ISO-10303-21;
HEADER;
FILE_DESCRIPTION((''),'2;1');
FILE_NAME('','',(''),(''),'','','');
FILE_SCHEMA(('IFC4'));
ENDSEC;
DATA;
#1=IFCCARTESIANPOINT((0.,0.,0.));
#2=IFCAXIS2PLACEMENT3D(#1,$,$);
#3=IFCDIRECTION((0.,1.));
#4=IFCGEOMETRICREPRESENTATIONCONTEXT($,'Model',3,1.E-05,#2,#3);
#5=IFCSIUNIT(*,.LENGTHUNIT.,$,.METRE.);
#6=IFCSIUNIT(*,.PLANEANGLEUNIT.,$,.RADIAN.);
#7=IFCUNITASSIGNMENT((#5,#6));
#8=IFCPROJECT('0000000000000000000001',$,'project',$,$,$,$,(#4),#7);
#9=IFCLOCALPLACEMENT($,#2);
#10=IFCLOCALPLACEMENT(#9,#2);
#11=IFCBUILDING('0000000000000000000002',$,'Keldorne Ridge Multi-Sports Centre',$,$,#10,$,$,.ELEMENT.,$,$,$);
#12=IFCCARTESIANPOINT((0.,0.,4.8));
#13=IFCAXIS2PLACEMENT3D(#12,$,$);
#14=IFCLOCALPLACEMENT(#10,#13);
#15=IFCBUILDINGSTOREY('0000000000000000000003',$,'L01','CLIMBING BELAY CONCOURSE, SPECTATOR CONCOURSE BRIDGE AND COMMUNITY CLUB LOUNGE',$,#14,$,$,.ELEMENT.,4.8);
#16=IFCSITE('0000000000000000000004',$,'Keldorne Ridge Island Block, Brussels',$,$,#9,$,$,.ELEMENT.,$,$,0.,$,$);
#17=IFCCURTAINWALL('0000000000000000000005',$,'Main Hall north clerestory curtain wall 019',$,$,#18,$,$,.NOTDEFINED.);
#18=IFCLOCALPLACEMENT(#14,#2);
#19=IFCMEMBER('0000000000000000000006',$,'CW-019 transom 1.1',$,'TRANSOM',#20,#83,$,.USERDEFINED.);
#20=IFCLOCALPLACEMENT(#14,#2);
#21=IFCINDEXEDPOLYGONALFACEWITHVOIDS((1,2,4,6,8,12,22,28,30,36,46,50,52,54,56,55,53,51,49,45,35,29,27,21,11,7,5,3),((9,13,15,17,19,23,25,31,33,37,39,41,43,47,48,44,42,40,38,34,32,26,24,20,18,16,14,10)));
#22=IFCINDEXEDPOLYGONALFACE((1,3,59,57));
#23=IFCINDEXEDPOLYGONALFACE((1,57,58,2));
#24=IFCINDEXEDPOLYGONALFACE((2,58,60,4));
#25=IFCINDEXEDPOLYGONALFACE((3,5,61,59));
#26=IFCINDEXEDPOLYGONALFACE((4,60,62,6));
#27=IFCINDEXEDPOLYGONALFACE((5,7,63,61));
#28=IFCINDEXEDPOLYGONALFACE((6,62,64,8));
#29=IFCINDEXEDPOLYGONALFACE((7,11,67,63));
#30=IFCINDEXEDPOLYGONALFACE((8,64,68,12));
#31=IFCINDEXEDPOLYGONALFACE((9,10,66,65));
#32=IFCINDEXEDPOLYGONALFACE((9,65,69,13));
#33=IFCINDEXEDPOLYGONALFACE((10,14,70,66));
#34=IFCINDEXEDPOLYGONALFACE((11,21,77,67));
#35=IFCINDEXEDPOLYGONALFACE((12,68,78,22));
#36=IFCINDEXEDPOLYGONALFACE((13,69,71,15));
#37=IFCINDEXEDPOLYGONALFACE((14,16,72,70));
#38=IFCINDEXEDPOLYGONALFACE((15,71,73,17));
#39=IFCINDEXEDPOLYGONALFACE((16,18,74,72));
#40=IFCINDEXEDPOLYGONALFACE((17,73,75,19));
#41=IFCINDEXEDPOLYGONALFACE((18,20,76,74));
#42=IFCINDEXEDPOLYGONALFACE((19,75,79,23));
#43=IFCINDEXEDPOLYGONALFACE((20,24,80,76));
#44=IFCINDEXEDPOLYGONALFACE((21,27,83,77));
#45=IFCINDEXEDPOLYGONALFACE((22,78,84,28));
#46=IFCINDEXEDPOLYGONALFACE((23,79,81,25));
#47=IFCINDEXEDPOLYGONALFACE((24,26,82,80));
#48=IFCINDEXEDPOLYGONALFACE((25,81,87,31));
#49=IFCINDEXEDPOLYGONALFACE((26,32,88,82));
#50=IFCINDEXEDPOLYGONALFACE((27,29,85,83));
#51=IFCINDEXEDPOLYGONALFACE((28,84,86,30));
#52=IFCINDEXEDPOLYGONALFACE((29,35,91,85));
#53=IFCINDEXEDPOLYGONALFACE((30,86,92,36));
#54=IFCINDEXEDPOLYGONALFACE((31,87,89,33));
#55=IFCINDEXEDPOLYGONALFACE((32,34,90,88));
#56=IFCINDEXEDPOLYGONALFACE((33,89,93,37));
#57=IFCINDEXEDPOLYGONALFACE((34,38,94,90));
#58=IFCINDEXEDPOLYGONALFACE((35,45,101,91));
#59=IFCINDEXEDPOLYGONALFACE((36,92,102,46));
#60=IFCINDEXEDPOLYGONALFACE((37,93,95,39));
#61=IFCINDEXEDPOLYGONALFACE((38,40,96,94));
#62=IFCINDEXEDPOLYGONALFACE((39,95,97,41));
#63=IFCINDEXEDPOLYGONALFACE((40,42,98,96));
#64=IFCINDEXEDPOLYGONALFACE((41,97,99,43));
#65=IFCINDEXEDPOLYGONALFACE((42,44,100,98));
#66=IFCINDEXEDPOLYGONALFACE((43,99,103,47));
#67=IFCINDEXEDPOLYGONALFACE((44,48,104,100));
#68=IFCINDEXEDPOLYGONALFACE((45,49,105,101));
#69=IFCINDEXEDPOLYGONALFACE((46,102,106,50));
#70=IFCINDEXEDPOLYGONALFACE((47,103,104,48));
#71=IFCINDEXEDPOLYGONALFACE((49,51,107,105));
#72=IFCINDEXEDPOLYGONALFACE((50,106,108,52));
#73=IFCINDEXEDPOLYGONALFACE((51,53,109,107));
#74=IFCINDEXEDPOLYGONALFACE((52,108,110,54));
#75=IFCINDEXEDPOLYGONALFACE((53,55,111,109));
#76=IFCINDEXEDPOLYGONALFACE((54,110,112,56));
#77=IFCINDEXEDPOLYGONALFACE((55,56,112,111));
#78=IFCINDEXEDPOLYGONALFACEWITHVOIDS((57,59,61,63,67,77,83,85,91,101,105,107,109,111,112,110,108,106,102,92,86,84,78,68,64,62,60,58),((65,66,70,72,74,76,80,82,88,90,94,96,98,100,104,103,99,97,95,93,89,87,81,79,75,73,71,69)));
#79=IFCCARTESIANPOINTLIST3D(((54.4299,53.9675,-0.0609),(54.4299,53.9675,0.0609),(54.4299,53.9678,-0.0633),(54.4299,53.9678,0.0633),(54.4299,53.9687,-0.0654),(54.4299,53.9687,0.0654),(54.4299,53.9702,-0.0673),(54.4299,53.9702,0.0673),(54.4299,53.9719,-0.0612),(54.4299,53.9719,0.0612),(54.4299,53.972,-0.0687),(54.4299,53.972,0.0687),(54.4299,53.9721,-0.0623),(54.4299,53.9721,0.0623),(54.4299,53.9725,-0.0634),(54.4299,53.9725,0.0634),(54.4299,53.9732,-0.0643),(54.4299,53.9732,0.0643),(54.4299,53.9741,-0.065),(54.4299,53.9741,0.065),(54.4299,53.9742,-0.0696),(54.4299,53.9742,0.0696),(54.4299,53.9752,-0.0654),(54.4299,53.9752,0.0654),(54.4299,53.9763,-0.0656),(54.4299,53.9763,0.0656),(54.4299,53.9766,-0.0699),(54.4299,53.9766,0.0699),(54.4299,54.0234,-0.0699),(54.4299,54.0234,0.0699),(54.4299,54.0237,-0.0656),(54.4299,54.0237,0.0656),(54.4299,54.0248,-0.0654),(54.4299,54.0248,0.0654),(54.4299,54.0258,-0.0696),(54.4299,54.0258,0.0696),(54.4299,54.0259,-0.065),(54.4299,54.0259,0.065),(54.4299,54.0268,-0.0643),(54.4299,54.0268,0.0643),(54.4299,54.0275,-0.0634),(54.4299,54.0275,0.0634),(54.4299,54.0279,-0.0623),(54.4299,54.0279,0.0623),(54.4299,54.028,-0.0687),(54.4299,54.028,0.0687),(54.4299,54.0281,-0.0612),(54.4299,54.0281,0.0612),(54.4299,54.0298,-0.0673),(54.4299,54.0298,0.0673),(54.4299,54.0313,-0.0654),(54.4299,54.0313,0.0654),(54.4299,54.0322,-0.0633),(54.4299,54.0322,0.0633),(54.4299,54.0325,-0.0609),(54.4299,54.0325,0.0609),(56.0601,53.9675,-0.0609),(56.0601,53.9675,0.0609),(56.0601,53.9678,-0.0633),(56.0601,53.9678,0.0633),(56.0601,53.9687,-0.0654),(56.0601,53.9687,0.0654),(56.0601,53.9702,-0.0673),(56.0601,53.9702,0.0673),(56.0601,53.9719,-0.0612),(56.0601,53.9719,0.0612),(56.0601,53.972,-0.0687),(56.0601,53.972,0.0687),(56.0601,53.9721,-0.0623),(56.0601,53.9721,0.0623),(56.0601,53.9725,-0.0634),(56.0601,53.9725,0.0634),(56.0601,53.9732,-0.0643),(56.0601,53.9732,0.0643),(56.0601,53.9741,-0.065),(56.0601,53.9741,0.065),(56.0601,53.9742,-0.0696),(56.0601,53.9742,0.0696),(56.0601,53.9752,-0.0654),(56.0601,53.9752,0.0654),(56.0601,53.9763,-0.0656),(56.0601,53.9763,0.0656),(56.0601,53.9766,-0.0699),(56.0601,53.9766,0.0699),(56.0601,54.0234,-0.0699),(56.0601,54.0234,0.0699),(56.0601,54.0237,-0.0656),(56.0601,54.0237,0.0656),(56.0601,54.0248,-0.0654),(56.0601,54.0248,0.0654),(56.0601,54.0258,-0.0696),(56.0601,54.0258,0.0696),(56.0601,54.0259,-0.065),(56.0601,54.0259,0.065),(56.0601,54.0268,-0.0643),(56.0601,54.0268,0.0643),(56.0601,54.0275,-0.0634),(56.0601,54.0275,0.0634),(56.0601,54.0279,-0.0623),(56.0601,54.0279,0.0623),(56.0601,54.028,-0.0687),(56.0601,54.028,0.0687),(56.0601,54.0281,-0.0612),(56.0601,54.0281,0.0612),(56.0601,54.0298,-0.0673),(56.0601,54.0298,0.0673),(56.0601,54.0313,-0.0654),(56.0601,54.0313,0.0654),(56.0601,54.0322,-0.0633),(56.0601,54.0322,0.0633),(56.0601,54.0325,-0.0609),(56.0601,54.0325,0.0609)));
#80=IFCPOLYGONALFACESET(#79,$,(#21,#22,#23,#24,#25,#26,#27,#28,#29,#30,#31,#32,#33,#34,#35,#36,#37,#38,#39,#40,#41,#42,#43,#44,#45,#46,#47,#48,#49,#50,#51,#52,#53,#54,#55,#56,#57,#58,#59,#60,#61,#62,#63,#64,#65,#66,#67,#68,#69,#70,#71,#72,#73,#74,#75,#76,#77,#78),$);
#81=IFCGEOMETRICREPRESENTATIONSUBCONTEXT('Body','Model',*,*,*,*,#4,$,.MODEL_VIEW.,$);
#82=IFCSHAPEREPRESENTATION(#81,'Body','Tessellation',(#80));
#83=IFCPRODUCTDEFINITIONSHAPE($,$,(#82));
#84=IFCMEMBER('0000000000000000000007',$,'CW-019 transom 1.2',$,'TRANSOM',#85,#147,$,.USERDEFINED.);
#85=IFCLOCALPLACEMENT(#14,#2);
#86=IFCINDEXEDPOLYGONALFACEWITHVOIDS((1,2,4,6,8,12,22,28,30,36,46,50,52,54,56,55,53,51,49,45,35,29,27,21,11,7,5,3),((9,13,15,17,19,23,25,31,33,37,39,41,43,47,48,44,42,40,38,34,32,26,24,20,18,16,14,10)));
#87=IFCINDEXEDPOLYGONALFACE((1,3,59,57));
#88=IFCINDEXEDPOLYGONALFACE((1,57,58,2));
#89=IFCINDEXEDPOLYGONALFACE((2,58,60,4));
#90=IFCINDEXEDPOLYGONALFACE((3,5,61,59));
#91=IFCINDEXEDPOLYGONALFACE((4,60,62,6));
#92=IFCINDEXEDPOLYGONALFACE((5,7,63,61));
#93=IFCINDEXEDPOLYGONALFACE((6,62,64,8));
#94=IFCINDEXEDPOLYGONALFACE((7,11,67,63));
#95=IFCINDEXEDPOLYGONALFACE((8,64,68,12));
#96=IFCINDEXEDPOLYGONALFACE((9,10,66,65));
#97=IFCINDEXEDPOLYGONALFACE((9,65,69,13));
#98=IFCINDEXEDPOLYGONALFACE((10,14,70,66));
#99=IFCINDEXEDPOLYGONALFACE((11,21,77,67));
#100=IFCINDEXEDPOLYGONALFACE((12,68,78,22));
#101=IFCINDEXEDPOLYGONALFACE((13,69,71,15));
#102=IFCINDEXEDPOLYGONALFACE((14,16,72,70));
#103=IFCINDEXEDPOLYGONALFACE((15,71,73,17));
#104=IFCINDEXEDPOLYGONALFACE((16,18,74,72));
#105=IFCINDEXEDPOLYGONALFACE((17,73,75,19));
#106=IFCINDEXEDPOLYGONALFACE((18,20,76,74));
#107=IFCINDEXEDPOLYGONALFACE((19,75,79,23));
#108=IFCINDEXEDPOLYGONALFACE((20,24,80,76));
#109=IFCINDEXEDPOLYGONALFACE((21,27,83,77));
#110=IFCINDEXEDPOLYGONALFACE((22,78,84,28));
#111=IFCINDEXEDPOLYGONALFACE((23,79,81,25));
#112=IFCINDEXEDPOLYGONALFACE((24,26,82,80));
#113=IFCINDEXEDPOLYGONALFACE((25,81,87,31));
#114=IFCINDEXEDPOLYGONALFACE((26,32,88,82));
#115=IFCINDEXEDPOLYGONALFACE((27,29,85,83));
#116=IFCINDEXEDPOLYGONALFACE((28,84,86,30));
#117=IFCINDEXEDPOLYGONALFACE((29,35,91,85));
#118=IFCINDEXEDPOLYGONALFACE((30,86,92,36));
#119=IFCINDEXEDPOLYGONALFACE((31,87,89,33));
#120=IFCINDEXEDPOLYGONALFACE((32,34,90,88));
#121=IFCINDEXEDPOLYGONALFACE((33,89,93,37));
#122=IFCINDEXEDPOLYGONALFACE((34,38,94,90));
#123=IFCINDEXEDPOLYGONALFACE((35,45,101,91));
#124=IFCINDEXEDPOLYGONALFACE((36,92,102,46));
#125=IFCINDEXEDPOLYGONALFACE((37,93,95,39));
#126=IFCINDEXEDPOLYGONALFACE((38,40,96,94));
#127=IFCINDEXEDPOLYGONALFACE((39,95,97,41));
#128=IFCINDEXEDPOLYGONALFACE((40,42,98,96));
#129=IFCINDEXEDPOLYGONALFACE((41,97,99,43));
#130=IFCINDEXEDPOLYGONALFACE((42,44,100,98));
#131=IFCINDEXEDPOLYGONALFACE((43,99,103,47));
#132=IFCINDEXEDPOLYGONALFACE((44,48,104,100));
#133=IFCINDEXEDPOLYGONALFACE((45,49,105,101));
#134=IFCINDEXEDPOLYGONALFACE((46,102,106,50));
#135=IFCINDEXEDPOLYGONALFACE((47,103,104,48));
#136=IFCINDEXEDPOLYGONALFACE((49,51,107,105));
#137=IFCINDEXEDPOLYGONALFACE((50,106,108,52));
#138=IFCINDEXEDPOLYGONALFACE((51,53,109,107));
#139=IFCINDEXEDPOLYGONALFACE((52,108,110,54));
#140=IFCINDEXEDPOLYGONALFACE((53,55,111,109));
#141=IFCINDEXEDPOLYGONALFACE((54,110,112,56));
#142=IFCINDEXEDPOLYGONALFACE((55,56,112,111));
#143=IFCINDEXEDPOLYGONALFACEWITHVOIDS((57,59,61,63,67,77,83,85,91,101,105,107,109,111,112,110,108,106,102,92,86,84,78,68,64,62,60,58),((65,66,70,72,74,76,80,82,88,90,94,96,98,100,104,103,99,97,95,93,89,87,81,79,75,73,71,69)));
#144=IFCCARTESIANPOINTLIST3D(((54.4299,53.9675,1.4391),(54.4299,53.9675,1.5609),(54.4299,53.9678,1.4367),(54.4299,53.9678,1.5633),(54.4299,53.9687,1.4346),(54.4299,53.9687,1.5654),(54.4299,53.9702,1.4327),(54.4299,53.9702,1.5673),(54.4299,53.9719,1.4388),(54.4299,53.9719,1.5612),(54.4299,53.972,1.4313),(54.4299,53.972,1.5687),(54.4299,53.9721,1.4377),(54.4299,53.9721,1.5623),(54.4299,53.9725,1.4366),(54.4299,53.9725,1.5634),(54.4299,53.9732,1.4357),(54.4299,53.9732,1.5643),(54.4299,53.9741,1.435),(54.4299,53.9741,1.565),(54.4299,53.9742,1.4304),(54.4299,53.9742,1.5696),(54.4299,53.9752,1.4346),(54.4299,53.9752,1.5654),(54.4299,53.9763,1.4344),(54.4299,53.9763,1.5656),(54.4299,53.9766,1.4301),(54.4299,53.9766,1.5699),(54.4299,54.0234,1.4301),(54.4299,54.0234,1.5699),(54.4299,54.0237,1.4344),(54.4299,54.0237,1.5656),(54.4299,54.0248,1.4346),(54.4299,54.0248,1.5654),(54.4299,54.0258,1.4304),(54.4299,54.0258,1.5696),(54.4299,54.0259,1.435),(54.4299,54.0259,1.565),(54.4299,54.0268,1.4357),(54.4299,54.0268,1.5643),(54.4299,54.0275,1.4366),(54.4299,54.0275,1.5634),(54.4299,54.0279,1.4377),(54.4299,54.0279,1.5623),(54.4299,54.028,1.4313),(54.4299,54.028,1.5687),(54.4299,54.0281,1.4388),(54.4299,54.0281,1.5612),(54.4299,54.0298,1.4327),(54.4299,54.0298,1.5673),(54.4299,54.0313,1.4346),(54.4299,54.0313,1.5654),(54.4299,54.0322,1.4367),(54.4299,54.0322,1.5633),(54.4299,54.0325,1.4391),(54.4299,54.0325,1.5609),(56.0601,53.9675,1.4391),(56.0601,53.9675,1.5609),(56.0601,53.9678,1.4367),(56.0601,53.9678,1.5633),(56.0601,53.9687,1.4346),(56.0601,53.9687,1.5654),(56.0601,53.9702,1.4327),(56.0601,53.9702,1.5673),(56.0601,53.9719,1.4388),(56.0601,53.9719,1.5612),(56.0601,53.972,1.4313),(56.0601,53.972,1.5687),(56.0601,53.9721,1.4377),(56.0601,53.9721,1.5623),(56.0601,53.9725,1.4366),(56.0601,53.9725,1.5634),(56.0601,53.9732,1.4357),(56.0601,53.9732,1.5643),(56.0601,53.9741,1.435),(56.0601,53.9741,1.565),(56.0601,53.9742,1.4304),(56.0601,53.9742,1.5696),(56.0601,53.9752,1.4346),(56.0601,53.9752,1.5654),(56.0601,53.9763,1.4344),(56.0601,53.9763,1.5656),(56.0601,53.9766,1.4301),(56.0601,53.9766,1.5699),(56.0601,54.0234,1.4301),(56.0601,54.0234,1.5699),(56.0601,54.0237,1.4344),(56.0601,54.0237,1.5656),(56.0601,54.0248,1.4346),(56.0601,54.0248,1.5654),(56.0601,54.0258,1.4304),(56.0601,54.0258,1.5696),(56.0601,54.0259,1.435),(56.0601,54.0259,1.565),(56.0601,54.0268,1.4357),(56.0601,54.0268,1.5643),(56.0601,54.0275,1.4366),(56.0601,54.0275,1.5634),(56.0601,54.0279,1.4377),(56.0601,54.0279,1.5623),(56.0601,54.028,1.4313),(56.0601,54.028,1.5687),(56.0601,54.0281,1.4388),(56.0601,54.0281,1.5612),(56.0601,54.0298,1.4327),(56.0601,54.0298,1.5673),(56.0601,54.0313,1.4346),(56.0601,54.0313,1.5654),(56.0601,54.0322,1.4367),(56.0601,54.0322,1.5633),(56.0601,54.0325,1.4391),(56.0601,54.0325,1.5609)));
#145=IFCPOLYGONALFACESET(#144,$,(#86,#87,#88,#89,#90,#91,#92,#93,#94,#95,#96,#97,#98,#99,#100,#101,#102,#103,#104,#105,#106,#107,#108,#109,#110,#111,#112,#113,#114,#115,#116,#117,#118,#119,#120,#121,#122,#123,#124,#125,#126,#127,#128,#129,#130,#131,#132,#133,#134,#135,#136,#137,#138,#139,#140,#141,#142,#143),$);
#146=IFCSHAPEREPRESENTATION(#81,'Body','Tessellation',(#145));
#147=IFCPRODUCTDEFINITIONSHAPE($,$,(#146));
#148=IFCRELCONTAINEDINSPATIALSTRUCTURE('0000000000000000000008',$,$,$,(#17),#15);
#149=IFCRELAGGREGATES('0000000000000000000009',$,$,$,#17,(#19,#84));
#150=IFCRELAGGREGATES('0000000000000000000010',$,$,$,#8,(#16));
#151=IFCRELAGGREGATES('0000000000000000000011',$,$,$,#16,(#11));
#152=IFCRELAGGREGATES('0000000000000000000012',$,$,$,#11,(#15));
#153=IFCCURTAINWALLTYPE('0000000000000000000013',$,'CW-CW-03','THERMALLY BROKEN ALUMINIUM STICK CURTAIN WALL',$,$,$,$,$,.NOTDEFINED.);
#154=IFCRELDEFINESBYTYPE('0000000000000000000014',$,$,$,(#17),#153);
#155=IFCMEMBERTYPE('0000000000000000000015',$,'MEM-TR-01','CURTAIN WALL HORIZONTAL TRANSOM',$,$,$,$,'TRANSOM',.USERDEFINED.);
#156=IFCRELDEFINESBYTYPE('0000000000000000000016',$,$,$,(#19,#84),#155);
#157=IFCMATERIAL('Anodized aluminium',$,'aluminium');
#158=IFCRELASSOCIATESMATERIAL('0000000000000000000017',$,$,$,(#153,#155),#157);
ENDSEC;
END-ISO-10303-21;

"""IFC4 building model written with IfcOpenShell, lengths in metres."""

from ifc_helpers import new_model, si_unit, direction, frame, origin, origin_2d, place, context, subcontext, project, spatial, hollow_rectangle, extrude, material, material_profile, profile_set, type_object, element, aggregate, save


model = new_model("IFC4")

# Units and contexts
model_context = context("Model", 3, precision=1e-05, world=origin(), true_north=direction((0.0, 1.0)))
body_context = subcontext(model_context, "Body", "Model", "MODEL_VIEW")
ifc_project = project(units=[si_unit("LENGTHUNIT", "METRE"), si_unit("PLANEANGLEUNIT", "RADIAN")], contexts=[model_context])

# Site, building, storey
site_placement = place(None, origin())
site = spatial("IfcSite", under=ifc_project, at=site_placement, Name="Keldorne Ridge Island Block, Brussels", CompositionType="ELEMENT", RefElevation=0.0)
building_placement = place(site_placement, origin())
building = spatial("IfcBuilding", under=site, at=building_placement, Name="Keldorne Ridge Multi-Sports Centre", CompositionType="ELEMENT")
storey_placement = place(building_placement, frame((0.0, 0.0, 4.8)))
storey = spatial("IfcBuildingStorey", under=building, at=storey_placement, Name="L01", Description="CLIMBING BELAY CONCOURSE, SPECTATOR CONCOURSE BRIDGE AND COMMUNITY CLUB LOUNGE", CompositionType="ELEMENT", Elevation=4.8)

# Curtain wall
ifc_material_1 = material(Name="Anodized aluminium", Category="aluminium")
curtain_wall_type_1 = type_object("IfcCurtainWallType", Name="CW-CW-03", Description="THERMALLY BROKEN ALUMINIUM STICK CURTAIN WALL", PredefinedType="NOTDEFINED", material=ifc_material_1)
curtain_wall_1_placement = place(storey_placement, origin())
curtain_wall_1 = element("IfcCurtainWall", 1, at=curtain_wall_1_placement, inside=storey, type_object=curtain_wall_type_1, Name="Main Hall north clerestory curtain wall 019", PredefinedType="NOTDEFINED")

# Members
ifc_material_profile_1 = material_profile(ifc_material_1, hollow_rectangle(XDim=0.0649, YDim=0.1399, WallThickness=0.0044, InnerFilletRadius=0.0044, OuterFilletRadius=0.009, at=origin_2d()), Name="ALU TRANSOM 140x65x4.5")
ifc_profile_set_1 = profile_set([ifc_material_profile_1], Name="Anodized aluminium")
member_type_1 = type_object("IfcMemberType", Name="MEM-TR-01", Description="CURTAIN WALL HORIZONTAL TRANSOM", ElementType="TRANSOM", PredefinedType="USERDEFINED", material=ifc_profile_set_1)
member_1_placement = place(storey_placement, frame((56.0601, 54.0, 0.0), z_axis=(-1.0, 0.0, 0.0), x_axis=(0.0, -1.0, 0.0)))
member_1 = element("IfcMember", 2, at=member_1_placement, type_object=member_type_1, Name="CW-019 transom 1.1", ObjectType="TRANSOM", PredefinedType="USERDEFINED", context=body_context, shape_type="SweptSolid", body=[
    extrude(hollow_rectangle(XDim=0.0649, YDim=0.1399, WallThickness=0.0044, InnerFilletRadius=0.0044, OuterFilletRadius=0.009, at=origin_2d()), origin(), (0.0, 0.0, 1.0), 1.6301),
])
member_2_placement = place(storey_placement, frame((56.0601, 54.0, 1.5), z_axis=(-1.0, 0.0, 0.0), x_axis=(0.0, -1.0, 0.0)))
member_2 = element("IfcMember", 3, at=member_2_placement, type_object=member_type_1, Name="CW-019 transom 1.2", ObjectType="TRANSOM", PredefinedType="USERDEFINED", context=body_context, shape_type="SweptSolid", body=[
    extrude(hollow_rectangle(XDim=0.0649, YDim=0.1399, WallThickness=0.0044, InnerFilletRadius=0.0044, OuterFilletRadius=0.009, at=origin_2d()), origin(), (0.0, 0.0, 1.0), 1.6301),
])

aggregate(curtain_wall_1, [member_1, member_2])

save(model, "model.ifc")
